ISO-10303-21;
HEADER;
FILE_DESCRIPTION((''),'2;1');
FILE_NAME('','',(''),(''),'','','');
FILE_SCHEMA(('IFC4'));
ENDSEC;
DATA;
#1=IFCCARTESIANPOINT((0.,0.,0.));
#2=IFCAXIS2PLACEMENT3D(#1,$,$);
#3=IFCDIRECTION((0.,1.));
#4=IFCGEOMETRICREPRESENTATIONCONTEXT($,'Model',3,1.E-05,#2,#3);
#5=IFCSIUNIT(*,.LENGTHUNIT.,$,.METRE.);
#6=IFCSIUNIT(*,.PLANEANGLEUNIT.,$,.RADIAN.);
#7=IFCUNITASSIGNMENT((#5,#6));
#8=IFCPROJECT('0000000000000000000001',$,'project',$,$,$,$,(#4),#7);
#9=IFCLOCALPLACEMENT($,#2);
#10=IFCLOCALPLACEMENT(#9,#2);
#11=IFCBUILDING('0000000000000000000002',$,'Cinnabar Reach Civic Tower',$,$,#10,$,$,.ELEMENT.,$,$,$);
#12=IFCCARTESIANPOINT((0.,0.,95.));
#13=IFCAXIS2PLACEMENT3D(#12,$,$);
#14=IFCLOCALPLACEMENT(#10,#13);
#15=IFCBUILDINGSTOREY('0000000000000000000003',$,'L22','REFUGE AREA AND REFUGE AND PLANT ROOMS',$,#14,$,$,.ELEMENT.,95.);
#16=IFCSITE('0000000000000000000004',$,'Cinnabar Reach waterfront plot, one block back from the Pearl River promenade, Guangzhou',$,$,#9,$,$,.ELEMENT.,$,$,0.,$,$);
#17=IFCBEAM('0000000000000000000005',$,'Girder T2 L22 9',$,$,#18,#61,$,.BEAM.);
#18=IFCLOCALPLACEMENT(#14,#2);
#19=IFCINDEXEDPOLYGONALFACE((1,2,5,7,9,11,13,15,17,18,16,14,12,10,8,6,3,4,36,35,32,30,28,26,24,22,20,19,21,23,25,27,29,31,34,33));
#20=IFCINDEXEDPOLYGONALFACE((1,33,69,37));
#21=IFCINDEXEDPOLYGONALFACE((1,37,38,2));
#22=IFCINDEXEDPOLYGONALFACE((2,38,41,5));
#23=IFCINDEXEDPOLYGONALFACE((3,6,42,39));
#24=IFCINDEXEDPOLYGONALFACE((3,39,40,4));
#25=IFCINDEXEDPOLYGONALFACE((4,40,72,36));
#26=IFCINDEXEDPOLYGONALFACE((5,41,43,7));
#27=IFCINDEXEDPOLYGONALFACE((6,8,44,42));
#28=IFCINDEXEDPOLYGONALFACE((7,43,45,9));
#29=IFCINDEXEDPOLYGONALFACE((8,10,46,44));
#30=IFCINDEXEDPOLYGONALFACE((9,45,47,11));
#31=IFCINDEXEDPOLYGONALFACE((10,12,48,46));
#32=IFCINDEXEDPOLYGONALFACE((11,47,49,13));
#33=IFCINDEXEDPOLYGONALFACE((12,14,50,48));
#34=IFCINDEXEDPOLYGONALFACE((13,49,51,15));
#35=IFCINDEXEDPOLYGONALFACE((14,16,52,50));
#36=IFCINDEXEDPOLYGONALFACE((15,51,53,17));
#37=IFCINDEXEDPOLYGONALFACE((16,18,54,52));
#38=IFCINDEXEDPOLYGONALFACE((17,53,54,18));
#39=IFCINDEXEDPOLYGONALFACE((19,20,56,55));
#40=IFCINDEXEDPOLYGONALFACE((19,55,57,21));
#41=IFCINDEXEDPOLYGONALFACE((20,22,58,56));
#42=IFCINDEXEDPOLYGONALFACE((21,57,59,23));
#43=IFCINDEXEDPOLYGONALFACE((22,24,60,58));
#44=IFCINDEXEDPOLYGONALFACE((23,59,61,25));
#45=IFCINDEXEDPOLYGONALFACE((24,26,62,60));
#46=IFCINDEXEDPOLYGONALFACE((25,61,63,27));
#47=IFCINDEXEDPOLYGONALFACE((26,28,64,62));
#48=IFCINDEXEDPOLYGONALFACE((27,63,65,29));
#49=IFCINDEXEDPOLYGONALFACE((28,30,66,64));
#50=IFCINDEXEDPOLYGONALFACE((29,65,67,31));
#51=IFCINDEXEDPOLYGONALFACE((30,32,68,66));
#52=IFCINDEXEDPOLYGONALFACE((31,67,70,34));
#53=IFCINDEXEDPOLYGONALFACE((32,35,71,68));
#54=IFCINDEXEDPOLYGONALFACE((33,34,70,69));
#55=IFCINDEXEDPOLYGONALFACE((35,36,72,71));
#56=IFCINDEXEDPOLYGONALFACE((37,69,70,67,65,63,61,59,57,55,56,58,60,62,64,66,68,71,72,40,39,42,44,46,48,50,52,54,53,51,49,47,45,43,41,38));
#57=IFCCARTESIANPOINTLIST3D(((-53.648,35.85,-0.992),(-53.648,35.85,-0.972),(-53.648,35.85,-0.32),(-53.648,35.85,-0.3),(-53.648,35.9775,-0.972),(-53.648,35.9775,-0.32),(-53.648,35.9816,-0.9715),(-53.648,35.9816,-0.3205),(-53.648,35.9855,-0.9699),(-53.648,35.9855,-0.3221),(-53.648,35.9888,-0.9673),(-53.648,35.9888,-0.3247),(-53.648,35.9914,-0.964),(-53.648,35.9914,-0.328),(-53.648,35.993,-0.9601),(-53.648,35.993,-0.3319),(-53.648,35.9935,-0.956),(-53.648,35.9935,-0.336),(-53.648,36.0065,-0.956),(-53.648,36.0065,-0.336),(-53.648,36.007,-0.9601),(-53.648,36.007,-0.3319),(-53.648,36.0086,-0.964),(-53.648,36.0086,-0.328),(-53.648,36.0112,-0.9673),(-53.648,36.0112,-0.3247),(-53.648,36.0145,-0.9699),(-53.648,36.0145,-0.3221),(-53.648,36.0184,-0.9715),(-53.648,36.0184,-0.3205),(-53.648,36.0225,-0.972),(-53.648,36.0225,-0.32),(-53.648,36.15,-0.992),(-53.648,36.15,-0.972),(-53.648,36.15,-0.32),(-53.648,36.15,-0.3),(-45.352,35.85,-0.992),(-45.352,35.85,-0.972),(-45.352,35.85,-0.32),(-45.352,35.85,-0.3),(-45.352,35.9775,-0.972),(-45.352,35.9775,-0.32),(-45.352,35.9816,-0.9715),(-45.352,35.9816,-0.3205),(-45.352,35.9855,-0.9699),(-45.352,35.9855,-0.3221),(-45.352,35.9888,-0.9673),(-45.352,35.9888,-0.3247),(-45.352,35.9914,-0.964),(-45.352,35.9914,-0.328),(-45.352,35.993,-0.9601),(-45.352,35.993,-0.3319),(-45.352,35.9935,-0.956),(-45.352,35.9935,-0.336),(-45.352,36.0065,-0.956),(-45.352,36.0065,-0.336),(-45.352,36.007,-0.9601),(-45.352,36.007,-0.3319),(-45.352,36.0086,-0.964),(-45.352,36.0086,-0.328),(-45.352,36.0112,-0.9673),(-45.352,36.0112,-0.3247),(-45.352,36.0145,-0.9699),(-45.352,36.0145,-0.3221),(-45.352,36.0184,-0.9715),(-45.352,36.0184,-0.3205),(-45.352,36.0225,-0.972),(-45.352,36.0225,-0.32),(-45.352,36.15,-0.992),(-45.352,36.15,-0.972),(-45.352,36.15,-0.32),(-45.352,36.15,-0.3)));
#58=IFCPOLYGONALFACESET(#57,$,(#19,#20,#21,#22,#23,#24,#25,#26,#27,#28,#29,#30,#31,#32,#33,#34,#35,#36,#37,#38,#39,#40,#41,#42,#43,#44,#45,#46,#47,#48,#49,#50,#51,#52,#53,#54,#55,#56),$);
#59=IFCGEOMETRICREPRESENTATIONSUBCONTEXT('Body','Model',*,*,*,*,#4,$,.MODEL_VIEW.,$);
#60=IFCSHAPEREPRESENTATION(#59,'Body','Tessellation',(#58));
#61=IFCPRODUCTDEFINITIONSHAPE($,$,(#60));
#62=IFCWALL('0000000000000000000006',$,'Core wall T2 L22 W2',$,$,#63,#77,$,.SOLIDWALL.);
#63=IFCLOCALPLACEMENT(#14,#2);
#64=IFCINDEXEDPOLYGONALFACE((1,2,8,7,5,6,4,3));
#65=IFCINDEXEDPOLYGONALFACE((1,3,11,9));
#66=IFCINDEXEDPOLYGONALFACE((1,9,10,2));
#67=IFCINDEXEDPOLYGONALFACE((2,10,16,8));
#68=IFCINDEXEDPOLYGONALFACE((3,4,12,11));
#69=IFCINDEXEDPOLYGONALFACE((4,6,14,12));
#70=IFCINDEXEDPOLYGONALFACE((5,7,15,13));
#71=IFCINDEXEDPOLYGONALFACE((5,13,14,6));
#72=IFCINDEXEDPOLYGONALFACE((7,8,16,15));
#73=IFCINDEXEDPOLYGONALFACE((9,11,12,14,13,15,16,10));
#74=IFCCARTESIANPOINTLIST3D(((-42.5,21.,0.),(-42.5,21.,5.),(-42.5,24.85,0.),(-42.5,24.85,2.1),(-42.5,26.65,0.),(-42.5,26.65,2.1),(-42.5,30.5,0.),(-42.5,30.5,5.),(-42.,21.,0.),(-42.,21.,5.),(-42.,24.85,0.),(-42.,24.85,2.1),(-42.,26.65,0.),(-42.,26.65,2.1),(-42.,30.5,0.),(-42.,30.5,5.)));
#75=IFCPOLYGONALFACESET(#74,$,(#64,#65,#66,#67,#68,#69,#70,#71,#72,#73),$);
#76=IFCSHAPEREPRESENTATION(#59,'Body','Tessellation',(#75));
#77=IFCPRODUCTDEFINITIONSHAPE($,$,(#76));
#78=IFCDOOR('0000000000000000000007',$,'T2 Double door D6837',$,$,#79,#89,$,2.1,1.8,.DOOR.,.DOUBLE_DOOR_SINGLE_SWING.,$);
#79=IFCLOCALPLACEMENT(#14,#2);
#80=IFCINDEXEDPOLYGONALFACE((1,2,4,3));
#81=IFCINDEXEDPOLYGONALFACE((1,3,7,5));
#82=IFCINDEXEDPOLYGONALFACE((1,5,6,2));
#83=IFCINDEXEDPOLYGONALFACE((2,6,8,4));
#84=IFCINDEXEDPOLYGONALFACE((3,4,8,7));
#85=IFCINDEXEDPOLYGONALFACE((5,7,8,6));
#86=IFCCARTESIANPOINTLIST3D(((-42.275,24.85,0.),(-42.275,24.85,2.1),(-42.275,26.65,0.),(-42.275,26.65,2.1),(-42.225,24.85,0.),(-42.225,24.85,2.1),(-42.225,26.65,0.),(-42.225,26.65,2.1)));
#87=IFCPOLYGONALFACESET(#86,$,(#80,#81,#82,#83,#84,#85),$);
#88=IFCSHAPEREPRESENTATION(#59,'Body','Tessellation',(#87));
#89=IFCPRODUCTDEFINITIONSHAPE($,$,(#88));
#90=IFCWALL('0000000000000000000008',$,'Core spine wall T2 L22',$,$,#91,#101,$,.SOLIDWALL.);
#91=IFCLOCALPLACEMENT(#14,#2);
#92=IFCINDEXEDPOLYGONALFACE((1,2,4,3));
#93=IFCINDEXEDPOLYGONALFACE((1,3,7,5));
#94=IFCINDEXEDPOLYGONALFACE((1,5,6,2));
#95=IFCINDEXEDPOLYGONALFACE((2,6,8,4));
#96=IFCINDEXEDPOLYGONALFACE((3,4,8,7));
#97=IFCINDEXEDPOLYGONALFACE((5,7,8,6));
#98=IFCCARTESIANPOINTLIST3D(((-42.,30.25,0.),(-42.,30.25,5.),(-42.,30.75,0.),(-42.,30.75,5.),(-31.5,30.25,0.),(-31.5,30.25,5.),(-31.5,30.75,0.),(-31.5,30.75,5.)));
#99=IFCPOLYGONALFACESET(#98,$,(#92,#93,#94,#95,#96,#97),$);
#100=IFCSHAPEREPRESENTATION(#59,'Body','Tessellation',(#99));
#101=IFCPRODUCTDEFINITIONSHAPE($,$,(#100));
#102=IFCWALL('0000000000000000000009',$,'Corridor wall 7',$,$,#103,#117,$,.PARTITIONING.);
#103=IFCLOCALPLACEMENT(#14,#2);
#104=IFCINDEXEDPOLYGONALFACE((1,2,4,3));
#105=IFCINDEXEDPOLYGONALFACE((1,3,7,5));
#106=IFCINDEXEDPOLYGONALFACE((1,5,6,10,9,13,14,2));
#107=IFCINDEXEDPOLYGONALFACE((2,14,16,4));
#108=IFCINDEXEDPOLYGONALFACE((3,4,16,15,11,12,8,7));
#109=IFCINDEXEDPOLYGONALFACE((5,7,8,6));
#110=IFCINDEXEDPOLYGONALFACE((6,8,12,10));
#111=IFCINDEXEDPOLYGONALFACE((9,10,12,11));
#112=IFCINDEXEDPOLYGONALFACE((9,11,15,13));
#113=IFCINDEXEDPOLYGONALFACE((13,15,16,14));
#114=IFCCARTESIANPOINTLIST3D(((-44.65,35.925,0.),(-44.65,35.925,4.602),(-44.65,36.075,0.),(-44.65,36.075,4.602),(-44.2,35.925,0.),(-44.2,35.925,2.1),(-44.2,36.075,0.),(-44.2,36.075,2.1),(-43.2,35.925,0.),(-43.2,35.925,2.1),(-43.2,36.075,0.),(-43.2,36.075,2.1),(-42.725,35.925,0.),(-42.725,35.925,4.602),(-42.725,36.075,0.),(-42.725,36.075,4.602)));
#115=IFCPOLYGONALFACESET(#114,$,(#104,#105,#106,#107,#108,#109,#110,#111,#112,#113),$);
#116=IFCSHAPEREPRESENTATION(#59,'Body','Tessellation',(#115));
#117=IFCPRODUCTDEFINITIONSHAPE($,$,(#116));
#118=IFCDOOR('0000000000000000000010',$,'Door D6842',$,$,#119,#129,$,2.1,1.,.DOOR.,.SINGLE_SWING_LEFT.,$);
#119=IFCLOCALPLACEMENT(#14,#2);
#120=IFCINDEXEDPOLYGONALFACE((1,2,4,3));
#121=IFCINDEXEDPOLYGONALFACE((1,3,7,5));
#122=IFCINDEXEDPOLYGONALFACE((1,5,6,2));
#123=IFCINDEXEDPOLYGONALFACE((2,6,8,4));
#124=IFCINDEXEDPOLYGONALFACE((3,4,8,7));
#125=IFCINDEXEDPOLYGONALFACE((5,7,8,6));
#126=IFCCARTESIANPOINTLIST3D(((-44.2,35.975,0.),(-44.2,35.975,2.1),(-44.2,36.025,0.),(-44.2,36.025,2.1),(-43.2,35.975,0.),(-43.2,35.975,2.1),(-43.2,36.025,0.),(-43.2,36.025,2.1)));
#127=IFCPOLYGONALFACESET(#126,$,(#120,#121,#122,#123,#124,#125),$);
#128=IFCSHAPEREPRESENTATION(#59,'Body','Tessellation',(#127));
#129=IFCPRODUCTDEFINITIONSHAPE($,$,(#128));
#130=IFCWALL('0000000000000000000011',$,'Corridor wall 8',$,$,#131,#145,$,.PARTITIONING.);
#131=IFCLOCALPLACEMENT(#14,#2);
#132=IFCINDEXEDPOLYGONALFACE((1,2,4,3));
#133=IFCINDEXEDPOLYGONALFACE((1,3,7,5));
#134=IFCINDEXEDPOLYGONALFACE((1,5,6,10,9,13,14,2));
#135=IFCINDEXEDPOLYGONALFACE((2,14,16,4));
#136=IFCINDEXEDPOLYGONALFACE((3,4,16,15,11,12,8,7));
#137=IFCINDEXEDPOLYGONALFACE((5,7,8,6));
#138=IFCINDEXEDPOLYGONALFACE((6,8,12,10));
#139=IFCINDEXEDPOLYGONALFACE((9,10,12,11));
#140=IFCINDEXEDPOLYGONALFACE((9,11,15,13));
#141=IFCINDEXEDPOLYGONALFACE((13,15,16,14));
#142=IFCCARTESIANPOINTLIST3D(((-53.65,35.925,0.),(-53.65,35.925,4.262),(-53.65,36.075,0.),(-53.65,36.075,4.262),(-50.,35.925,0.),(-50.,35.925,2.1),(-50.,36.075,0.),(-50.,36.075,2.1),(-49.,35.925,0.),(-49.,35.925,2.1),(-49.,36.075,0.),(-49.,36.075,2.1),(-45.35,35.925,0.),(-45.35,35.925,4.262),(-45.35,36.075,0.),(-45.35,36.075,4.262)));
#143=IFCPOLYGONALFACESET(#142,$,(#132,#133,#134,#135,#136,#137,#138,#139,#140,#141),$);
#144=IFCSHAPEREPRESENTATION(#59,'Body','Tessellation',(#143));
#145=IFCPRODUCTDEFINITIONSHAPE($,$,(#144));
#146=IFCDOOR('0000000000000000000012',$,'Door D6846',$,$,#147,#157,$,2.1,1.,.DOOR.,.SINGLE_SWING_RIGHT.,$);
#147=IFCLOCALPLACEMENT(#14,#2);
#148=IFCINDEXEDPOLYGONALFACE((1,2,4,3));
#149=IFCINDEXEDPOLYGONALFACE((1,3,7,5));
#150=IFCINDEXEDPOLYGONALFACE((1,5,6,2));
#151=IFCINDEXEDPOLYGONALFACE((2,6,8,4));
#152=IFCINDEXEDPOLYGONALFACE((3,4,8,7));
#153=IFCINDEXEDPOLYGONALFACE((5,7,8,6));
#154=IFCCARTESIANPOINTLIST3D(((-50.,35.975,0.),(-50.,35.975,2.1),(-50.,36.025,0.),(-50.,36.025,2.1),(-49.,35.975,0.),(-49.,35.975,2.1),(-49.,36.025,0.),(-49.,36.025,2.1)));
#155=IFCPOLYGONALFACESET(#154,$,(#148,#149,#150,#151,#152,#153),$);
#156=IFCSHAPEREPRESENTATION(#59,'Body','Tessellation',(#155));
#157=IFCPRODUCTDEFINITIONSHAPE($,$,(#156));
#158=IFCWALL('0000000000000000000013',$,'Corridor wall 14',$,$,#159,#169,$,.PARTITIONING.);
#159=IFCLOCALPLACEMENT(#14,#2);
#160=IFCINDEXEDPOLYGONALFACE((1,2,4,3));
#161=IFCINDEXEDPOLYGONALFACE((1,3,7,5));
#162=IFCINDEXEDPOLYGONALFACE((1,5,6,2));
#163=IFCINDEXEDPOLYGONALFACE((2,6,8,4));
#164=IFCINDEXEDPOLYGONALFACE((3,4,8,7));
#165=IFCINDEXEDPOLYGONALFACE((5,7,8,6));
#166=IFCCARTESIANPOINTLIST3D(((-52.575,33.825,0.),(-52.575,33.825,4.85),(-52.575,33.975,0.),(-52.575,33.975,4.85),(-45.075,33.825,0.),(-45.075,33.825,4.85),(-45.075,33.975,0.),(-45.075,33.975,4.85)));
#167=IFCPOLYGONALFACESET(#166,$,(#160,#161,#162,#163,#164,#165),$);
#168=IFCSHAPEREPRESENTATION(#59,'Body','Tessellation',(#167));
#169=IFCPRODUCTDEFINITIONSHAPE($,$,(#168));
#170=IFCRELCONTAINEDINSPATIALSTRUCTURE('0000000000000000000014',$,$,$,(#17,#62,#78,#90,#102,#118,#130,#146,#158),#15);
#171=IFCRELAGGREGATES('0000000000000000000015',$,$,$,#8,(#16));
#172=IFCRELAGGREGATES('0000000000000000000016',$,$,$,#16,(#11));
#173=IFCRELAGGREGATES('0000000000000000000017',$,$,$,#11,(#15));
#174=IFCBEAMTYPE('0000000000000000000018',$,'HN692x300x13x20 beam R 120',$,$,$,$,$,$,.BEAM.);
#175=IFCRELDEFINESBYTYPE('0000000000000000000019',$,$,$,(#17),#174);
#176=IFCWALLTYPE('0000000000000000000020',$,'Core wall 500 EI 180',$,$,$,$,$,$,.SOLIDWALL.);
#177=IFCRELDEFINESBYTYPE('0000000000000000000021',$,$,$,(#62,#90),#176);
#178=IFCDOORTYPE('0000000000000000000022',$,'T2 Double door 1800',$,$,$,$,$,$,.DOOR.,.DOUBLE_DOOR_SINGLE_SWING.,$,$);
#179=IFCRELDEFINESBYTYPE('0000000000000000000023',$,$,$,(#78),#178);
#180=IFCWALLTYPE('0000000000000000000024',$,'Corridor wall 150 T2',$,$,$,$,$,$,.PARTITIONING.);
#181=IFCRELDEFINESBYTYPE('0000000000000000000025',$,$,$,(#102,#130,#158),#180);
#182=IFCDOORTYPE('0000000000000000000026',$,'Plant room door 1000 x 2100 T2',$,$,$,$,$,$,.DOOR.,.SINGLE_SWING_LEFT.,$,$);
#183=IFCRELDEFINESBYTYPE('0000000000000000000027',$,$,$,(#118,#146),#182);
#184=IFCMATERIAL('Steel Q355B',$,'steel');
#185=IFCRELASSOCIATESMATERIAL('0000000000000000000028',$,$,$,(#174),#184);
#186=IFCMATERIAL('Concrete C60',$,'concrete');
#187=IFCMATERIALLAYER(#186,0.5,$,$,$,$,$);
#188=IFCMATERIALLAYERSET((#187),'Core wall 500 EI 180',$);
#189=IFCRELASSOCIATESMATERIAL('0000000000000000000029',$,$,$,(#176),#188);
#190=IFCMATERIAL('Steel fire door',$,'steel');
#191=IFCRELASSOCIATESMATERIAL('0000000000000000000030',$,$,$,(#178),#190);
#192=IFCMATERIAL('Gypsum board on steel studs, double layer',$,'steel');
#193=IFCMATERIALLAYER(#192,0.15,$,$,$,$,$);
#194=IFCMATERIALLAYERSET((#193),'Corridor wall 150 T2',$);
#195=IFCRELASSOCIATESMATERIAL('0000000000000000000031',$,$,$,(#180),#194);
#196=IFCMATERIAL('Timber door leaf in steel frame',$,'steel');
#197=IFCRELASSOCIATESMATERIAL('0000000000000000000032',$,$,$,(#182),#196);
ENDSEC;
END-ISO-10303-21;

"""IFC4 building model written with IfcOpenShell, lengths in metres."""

from ifc_helpers import new_model, si_unit, direction, frame, frame_2d, origin, origin_2d, place, context, subcontext, project, spatial, rectangle, i_section, extrude, material, layer, layer_set, material_profile, profile_set, type_object, element, fill, save


model = new_model("IFC4")

# Units and contexts
model_context = context("Model", 3, precision=1e-05, world=origin(), true_north=direction((0.0, 1.0)))
body_context = subcontext(model_context, "Body", "Model", "MODEL_VIEW")
ifc_project = project(units=[si_unit("LENGTHUNIT", "METRE"), si_unit("PLANEANGLEUNIT", "RADIAN")], contexts=[model_context])

# Site, building, storey
site_placement = place(None, origin())
site = spatial("IfcSite", under=ifc_project, at=site_placement, Name="Cinnabar Reach waterfront plot, one block back from the Pearl River promenade, Guangzhou", CompositionType="ELEMENT", RefElevation=0.0)
building_placement = place(site_placement, origin())
building = spatial("IfcBuilding", under=site, at=building_placement, Name="Cinnabar Reach Civic Tower", CompositionType="ELEMENT")
storey_placement = place(building_placement, frame((0.0, 0.0, 95.0)))
storey = spatial("IfcBuildingStorey", under=building, at=storey_placement, Name="L22", Description="REFUGE AREA AND REFUGE AND PLANT ROOMS", CompositionType="ELEMENT", Elevation=95.0)

# Shared definitions
ifc_material_1 = material(Name="Concrete C60", Category="concrete")

# Beam
ifc_material_2 = material(Name="Steel Q355B", Category="steel")
ifc_material_profile_1 = material_profile(ifc_material_2, i_section(OverallWidth=0.3, OverallDepth=0.692, WebThickness=0.013, FlangeThickness=0.02, FilletRadius=0.016, at=origin_2d()), Name="HN692x300x13x20")
ifc_profile_set_1 = profile_set([ifc_material_profile_1], Name="Steel Q355B")
beam_type_1 = type_object("IfcBeamType", Name="HN692x300x13x20 beam R 120", PredefinedType="BEAM", material=ifc_profile_set_1)
beam_1_placement = place(storey_placement, frame((-53.648, 36.0, -0.646), z_axis=(1.0, 0.0, 0.0), x_axis=(0.0, 1.0, 0.0)))
element("IfcBeam", 1, at=beam_1_placement, inside=storey, type_object=beam_type_1, Name="Girder T2 L22 9", PredefinedType="BEAM", context=body_context, shape_type="SweptSolid", body=[
    extrude(i_section(OverallWidth=0.3, OverallDepth=0.692, WebThickness=0.013, FlangeThickness=0.02, FilletRadius=0.016, at=origin_2d()), origin(), (0.0, 0.0, 1.0), 8.296),
])

# Wall, opening, door
ifc_layer_1 = layer(ifc_material_1, 0.5)
ifc_layer_set_1 = layer_set([ifc_layer_1], Name="Core wall 500 EI 180")
wall_type_1 = type_object("IfcWallType", Name="Core wall 500 EI 180", PredefinedType="SOLIDWALL", material=ifc_layer_set_1)
wall_1_placement = place(storey_placement, frame((-42.25, 30.5, 0.0), z_axis=(0.0, 0.0, 1.0), x_axis=(0.0, -1.0, 0.0)))
wall_1 = element("IfcWall", 2, at=wall_1_placement, inside=storey, type_object=wall_type_1, Name="Core wall T2 L22 W2", PredefinedType="SOLIDWALL", context=body_context, shape_type="SweptSolid", body=[
    extrude(rectangle(XDim=9.5, YDim=0.5, at=frame_2d((4.75, 0.0))), origin(), (0.0, 0.0, 1.0), 5.0),
])
opening_1_placement = place(wall_1_placement, frame((3.85, 0.0, 0.0)))
opening_1 = element("IfcOpeningElement", 3, at=opening_1_placement, cuts=wall_1, PredefinedType="OPENING", context=body_context, shape_type="SweptSolid", body=[
    extrude(rectangle(XDim=1.8, YDim=2.1, at=frame_2d((0.9, 1.05))), frame((0.0, 0.26, 0.0), z_axis=(0.0, -1.0, 0.0), x_axis=(1.0, 0.0, 0.0)), (0.0, 0.0, 1.0), 0.52),
])
ifc_material_3 = material(Name="Steel fire door", Category="steel")
door_type_1 = type_object("IfcDoorType", Name="T2 Double door 1800", OperationType="DOUBLE_DOOR_SINGLE_SWING", PredefinedType="DOOR", material=ifc_material_3)
door_1_placement = place(opening_1_placement, origin())
door_1 = element("IfcDoor", 4, at=door_1_placement, inside=storey, type_object=door_type_1, Name="T2 Double door D6837", OperationType="DOUBLE_DOOR_SINGLE_SWING", OverallHeight=2.1, OverallWidth=1.8, PredefinedType="DOOR", context=body_context, shape_type="SweptSolid", body=[
    extrude(rectangle(XDim=1.8, YDim=2.1, at=frame_2d((0.9, 1.05))), frame((0.0, 0.025, 0.0), z_axis=(0.0, -1.0, 0.0), x_axis=(1.0, 0.0, 0.0)), (0.0, 0.0, 1.0), 0.05),
])
fill(opening_1, door_1)

# Wall
wall_2_placement = place(storey_placement, frame((-42.0, 30.5, 0.0), z_axis=(0.0, 0.0, 1.0), x_axis=(1.0, 0.0, 0.0)))
element("IfcWall", 5, at=wall_2_placement, inside=storey, type_object=wall_type_1, Name="Core spine wall T2 L22", PredefinedType="SOLIDWALL", context=body_context, shape_type="SweptSolid", body=[
    extrude(rectangle(XDim=10.5, YDim=0.5, at=frame_2d((5.25, 0.0))), origin(), (0.0, 0.0, 1.0), 5.0),
])

# Walls, openings, doors
ifc_material_4 = material(Name="Gypsum board on steel studs, double layer", Category="steel")
ifc_layer_2 = layer(ifc_material_4, 0.15)
ifc_layer_set_2 = layer_set([ifc_layer_2], Name="Corridor wall 150 T2")
wall_type_2 = type_object("IfcWallType", Name="Corridor wall 150 T2", PredefinedType="PARTITIONING", material=ifc_layer_set_2)
wall_3_placement = place(storey_placement, frame((-44.65, 36.0, 0.0), z_axis=(0.0, 0.0, 1.0), x_axis=(1.0, 0.0, 0.0)))
wall_3 = element("IfcWall", 6, at=wall_3_placement, inside=storey, type_object=wall_type_2, Name="Corridor wall 7", PredefinedType="PARTITIONING", context=body_context, shape_type="SweptSolid", body=[
    extrude(rectangle(XDim=1.925, YDim=0.15, at=frame_2d((0.9625, 0.0))), origin(), (0.0, 0.0, 1.0), 4.602),
])
opening_2_placement = place(wall_3_placement, frame((0.45, 0.0, 0.0)))
opening_2 = element("IfcOpeningElement", 7, at=opening_2_placement, cuts=wall_3, PredefinedType="OPENING", context=body_context, shape_type="SweptSolid", body=[
    extrude(rectangle(XDim=1.0, YDim=2.1, at=frame_2d((0.5, 1.05))), frame((0.0, 0.085, 0.0), z_axis=(0.0, -1.0, 0.0), x_axis=(1.0, 0.0, 0.0)), (0.0, 0.0, 1.0), 0.17),
])
ifc_material_5 = material(Name="Timber door leaf in steel frame", Category="steel")
door_type_2 = type_object("IfcDoorType", Name="Plant room door 1000 x 2100 T2", OperationType="SINGLE_SWING_LEFT", PredefinedType="DOOR", material=ifc_material_5)
door_2_placement = place(opening_2_placement, origin())
door_2 = element("IfcDoor", 8, at=door_2_placement, inside=storey, type_object=door_type_2, Name="Door D6842", OperationType="SINGLE_SWING_LEFT", OverallHeight=2.1, OverallWidth=1.0, PredefinedType="DOOR", context=body_context, shape_type="SweptSolid", body=[
    extrude(rectangle(XDim=1.0, YDim=2.1, at=frame_2d((0.5, 1.05))), frame((0.0, 0.025, 0.0), z_axis=(0.0, -1.0, 0.0), x_axis=(1.0, 0.0, 0.0)), (0.0, 0.0, 1.0), 0.05),
])
fill(opening_2, door_2)
wall_4_placement = place(storey_placement, frame((-53.65, 36.0, 0.0), z_axis=(0.0, 0.0, 1.0), x_axis=(1.0, 0.0, 0.0)))
wall_4 = element("IfcWall", 9, at=wall_4_placement, inside=storey, type_object=wall_type_2, Name="Corridor wall 8", PredefinedType="PARTITIONING", context=body_context, shape_type="SweptSolid", body=[
    extrude(rectangle(XDim=8.3, YDim=0.15, at=frame_2d((4.15, 0.0))), origin(), (0.0, 0.0, 1.0), 4.262),
])
opening_3_placement = place(wall_4_placement, frame((3.65, 0.0, 0.0)))
opening_3 = element("IfcOpeningElement", 10, at=opening_3_placement, cuts=wall_4, PredefinedType="OPENING", context=body_context, shape_type="SweptSolid", body=[
    extrude(rectangle(XDim=1.0, YDim=2.1, at=frame_2d((0.5, 1.05))), frame((0.0, 0.085, 0.0), z_axis=(0.0, -1.0, 0.0), x_axis=(1.0, 0.0, 0.0)), (0.0, 0.0, 1.0), 0.17),
])
door_3_placement = place(opening_3_placement, origin())
door_3 = element("IfcDoor", 11, at=door_3_placement, inside=storey, type_object=door_type_2, Name="Door D6846", OperationType="SINGLE_SWING_RIGHT", OverallHeight=2.1, OverallWidth=1.0, PredefinedType="DOOR", context=body_context, shape_type="SweptSolid", body=[
    extrude(rectangle(XDim=1.0, YDim=2.1, at=frame_2d((0.5, 1.05))), frame((0.0, 0.025, 0.0), z_axis=(0.0, -1.0, 0.0), x_axis=(1.0, 0.0, 0.0)), (0.0, 0.0, 1.0), 0.05),
])
fill(opening_3, door_3)

# Wall
wall_5_placement = place(storey_placement, frame((-52.575, 33.9, 0.0), z_axis=(0.0, 0.0, 1.0), x_axis=(1.0, 0.0, 0.0)))
element("IfcWall", 12, at=wall_5_placement, inside=storey, type_object=wall_type_2, Name="Corridor wall 14", PredefinedType="PARTITIONING", context=body_context, shape_type="SweptSolid", body=[
    extrude(rectangle(XDim=7.5, YDim=0.15, at=frame_2d((3.75, 0.0))), origin(), (0.0, 0.0, 1.0), 4.85),
])

save(model, "model.ifc")
